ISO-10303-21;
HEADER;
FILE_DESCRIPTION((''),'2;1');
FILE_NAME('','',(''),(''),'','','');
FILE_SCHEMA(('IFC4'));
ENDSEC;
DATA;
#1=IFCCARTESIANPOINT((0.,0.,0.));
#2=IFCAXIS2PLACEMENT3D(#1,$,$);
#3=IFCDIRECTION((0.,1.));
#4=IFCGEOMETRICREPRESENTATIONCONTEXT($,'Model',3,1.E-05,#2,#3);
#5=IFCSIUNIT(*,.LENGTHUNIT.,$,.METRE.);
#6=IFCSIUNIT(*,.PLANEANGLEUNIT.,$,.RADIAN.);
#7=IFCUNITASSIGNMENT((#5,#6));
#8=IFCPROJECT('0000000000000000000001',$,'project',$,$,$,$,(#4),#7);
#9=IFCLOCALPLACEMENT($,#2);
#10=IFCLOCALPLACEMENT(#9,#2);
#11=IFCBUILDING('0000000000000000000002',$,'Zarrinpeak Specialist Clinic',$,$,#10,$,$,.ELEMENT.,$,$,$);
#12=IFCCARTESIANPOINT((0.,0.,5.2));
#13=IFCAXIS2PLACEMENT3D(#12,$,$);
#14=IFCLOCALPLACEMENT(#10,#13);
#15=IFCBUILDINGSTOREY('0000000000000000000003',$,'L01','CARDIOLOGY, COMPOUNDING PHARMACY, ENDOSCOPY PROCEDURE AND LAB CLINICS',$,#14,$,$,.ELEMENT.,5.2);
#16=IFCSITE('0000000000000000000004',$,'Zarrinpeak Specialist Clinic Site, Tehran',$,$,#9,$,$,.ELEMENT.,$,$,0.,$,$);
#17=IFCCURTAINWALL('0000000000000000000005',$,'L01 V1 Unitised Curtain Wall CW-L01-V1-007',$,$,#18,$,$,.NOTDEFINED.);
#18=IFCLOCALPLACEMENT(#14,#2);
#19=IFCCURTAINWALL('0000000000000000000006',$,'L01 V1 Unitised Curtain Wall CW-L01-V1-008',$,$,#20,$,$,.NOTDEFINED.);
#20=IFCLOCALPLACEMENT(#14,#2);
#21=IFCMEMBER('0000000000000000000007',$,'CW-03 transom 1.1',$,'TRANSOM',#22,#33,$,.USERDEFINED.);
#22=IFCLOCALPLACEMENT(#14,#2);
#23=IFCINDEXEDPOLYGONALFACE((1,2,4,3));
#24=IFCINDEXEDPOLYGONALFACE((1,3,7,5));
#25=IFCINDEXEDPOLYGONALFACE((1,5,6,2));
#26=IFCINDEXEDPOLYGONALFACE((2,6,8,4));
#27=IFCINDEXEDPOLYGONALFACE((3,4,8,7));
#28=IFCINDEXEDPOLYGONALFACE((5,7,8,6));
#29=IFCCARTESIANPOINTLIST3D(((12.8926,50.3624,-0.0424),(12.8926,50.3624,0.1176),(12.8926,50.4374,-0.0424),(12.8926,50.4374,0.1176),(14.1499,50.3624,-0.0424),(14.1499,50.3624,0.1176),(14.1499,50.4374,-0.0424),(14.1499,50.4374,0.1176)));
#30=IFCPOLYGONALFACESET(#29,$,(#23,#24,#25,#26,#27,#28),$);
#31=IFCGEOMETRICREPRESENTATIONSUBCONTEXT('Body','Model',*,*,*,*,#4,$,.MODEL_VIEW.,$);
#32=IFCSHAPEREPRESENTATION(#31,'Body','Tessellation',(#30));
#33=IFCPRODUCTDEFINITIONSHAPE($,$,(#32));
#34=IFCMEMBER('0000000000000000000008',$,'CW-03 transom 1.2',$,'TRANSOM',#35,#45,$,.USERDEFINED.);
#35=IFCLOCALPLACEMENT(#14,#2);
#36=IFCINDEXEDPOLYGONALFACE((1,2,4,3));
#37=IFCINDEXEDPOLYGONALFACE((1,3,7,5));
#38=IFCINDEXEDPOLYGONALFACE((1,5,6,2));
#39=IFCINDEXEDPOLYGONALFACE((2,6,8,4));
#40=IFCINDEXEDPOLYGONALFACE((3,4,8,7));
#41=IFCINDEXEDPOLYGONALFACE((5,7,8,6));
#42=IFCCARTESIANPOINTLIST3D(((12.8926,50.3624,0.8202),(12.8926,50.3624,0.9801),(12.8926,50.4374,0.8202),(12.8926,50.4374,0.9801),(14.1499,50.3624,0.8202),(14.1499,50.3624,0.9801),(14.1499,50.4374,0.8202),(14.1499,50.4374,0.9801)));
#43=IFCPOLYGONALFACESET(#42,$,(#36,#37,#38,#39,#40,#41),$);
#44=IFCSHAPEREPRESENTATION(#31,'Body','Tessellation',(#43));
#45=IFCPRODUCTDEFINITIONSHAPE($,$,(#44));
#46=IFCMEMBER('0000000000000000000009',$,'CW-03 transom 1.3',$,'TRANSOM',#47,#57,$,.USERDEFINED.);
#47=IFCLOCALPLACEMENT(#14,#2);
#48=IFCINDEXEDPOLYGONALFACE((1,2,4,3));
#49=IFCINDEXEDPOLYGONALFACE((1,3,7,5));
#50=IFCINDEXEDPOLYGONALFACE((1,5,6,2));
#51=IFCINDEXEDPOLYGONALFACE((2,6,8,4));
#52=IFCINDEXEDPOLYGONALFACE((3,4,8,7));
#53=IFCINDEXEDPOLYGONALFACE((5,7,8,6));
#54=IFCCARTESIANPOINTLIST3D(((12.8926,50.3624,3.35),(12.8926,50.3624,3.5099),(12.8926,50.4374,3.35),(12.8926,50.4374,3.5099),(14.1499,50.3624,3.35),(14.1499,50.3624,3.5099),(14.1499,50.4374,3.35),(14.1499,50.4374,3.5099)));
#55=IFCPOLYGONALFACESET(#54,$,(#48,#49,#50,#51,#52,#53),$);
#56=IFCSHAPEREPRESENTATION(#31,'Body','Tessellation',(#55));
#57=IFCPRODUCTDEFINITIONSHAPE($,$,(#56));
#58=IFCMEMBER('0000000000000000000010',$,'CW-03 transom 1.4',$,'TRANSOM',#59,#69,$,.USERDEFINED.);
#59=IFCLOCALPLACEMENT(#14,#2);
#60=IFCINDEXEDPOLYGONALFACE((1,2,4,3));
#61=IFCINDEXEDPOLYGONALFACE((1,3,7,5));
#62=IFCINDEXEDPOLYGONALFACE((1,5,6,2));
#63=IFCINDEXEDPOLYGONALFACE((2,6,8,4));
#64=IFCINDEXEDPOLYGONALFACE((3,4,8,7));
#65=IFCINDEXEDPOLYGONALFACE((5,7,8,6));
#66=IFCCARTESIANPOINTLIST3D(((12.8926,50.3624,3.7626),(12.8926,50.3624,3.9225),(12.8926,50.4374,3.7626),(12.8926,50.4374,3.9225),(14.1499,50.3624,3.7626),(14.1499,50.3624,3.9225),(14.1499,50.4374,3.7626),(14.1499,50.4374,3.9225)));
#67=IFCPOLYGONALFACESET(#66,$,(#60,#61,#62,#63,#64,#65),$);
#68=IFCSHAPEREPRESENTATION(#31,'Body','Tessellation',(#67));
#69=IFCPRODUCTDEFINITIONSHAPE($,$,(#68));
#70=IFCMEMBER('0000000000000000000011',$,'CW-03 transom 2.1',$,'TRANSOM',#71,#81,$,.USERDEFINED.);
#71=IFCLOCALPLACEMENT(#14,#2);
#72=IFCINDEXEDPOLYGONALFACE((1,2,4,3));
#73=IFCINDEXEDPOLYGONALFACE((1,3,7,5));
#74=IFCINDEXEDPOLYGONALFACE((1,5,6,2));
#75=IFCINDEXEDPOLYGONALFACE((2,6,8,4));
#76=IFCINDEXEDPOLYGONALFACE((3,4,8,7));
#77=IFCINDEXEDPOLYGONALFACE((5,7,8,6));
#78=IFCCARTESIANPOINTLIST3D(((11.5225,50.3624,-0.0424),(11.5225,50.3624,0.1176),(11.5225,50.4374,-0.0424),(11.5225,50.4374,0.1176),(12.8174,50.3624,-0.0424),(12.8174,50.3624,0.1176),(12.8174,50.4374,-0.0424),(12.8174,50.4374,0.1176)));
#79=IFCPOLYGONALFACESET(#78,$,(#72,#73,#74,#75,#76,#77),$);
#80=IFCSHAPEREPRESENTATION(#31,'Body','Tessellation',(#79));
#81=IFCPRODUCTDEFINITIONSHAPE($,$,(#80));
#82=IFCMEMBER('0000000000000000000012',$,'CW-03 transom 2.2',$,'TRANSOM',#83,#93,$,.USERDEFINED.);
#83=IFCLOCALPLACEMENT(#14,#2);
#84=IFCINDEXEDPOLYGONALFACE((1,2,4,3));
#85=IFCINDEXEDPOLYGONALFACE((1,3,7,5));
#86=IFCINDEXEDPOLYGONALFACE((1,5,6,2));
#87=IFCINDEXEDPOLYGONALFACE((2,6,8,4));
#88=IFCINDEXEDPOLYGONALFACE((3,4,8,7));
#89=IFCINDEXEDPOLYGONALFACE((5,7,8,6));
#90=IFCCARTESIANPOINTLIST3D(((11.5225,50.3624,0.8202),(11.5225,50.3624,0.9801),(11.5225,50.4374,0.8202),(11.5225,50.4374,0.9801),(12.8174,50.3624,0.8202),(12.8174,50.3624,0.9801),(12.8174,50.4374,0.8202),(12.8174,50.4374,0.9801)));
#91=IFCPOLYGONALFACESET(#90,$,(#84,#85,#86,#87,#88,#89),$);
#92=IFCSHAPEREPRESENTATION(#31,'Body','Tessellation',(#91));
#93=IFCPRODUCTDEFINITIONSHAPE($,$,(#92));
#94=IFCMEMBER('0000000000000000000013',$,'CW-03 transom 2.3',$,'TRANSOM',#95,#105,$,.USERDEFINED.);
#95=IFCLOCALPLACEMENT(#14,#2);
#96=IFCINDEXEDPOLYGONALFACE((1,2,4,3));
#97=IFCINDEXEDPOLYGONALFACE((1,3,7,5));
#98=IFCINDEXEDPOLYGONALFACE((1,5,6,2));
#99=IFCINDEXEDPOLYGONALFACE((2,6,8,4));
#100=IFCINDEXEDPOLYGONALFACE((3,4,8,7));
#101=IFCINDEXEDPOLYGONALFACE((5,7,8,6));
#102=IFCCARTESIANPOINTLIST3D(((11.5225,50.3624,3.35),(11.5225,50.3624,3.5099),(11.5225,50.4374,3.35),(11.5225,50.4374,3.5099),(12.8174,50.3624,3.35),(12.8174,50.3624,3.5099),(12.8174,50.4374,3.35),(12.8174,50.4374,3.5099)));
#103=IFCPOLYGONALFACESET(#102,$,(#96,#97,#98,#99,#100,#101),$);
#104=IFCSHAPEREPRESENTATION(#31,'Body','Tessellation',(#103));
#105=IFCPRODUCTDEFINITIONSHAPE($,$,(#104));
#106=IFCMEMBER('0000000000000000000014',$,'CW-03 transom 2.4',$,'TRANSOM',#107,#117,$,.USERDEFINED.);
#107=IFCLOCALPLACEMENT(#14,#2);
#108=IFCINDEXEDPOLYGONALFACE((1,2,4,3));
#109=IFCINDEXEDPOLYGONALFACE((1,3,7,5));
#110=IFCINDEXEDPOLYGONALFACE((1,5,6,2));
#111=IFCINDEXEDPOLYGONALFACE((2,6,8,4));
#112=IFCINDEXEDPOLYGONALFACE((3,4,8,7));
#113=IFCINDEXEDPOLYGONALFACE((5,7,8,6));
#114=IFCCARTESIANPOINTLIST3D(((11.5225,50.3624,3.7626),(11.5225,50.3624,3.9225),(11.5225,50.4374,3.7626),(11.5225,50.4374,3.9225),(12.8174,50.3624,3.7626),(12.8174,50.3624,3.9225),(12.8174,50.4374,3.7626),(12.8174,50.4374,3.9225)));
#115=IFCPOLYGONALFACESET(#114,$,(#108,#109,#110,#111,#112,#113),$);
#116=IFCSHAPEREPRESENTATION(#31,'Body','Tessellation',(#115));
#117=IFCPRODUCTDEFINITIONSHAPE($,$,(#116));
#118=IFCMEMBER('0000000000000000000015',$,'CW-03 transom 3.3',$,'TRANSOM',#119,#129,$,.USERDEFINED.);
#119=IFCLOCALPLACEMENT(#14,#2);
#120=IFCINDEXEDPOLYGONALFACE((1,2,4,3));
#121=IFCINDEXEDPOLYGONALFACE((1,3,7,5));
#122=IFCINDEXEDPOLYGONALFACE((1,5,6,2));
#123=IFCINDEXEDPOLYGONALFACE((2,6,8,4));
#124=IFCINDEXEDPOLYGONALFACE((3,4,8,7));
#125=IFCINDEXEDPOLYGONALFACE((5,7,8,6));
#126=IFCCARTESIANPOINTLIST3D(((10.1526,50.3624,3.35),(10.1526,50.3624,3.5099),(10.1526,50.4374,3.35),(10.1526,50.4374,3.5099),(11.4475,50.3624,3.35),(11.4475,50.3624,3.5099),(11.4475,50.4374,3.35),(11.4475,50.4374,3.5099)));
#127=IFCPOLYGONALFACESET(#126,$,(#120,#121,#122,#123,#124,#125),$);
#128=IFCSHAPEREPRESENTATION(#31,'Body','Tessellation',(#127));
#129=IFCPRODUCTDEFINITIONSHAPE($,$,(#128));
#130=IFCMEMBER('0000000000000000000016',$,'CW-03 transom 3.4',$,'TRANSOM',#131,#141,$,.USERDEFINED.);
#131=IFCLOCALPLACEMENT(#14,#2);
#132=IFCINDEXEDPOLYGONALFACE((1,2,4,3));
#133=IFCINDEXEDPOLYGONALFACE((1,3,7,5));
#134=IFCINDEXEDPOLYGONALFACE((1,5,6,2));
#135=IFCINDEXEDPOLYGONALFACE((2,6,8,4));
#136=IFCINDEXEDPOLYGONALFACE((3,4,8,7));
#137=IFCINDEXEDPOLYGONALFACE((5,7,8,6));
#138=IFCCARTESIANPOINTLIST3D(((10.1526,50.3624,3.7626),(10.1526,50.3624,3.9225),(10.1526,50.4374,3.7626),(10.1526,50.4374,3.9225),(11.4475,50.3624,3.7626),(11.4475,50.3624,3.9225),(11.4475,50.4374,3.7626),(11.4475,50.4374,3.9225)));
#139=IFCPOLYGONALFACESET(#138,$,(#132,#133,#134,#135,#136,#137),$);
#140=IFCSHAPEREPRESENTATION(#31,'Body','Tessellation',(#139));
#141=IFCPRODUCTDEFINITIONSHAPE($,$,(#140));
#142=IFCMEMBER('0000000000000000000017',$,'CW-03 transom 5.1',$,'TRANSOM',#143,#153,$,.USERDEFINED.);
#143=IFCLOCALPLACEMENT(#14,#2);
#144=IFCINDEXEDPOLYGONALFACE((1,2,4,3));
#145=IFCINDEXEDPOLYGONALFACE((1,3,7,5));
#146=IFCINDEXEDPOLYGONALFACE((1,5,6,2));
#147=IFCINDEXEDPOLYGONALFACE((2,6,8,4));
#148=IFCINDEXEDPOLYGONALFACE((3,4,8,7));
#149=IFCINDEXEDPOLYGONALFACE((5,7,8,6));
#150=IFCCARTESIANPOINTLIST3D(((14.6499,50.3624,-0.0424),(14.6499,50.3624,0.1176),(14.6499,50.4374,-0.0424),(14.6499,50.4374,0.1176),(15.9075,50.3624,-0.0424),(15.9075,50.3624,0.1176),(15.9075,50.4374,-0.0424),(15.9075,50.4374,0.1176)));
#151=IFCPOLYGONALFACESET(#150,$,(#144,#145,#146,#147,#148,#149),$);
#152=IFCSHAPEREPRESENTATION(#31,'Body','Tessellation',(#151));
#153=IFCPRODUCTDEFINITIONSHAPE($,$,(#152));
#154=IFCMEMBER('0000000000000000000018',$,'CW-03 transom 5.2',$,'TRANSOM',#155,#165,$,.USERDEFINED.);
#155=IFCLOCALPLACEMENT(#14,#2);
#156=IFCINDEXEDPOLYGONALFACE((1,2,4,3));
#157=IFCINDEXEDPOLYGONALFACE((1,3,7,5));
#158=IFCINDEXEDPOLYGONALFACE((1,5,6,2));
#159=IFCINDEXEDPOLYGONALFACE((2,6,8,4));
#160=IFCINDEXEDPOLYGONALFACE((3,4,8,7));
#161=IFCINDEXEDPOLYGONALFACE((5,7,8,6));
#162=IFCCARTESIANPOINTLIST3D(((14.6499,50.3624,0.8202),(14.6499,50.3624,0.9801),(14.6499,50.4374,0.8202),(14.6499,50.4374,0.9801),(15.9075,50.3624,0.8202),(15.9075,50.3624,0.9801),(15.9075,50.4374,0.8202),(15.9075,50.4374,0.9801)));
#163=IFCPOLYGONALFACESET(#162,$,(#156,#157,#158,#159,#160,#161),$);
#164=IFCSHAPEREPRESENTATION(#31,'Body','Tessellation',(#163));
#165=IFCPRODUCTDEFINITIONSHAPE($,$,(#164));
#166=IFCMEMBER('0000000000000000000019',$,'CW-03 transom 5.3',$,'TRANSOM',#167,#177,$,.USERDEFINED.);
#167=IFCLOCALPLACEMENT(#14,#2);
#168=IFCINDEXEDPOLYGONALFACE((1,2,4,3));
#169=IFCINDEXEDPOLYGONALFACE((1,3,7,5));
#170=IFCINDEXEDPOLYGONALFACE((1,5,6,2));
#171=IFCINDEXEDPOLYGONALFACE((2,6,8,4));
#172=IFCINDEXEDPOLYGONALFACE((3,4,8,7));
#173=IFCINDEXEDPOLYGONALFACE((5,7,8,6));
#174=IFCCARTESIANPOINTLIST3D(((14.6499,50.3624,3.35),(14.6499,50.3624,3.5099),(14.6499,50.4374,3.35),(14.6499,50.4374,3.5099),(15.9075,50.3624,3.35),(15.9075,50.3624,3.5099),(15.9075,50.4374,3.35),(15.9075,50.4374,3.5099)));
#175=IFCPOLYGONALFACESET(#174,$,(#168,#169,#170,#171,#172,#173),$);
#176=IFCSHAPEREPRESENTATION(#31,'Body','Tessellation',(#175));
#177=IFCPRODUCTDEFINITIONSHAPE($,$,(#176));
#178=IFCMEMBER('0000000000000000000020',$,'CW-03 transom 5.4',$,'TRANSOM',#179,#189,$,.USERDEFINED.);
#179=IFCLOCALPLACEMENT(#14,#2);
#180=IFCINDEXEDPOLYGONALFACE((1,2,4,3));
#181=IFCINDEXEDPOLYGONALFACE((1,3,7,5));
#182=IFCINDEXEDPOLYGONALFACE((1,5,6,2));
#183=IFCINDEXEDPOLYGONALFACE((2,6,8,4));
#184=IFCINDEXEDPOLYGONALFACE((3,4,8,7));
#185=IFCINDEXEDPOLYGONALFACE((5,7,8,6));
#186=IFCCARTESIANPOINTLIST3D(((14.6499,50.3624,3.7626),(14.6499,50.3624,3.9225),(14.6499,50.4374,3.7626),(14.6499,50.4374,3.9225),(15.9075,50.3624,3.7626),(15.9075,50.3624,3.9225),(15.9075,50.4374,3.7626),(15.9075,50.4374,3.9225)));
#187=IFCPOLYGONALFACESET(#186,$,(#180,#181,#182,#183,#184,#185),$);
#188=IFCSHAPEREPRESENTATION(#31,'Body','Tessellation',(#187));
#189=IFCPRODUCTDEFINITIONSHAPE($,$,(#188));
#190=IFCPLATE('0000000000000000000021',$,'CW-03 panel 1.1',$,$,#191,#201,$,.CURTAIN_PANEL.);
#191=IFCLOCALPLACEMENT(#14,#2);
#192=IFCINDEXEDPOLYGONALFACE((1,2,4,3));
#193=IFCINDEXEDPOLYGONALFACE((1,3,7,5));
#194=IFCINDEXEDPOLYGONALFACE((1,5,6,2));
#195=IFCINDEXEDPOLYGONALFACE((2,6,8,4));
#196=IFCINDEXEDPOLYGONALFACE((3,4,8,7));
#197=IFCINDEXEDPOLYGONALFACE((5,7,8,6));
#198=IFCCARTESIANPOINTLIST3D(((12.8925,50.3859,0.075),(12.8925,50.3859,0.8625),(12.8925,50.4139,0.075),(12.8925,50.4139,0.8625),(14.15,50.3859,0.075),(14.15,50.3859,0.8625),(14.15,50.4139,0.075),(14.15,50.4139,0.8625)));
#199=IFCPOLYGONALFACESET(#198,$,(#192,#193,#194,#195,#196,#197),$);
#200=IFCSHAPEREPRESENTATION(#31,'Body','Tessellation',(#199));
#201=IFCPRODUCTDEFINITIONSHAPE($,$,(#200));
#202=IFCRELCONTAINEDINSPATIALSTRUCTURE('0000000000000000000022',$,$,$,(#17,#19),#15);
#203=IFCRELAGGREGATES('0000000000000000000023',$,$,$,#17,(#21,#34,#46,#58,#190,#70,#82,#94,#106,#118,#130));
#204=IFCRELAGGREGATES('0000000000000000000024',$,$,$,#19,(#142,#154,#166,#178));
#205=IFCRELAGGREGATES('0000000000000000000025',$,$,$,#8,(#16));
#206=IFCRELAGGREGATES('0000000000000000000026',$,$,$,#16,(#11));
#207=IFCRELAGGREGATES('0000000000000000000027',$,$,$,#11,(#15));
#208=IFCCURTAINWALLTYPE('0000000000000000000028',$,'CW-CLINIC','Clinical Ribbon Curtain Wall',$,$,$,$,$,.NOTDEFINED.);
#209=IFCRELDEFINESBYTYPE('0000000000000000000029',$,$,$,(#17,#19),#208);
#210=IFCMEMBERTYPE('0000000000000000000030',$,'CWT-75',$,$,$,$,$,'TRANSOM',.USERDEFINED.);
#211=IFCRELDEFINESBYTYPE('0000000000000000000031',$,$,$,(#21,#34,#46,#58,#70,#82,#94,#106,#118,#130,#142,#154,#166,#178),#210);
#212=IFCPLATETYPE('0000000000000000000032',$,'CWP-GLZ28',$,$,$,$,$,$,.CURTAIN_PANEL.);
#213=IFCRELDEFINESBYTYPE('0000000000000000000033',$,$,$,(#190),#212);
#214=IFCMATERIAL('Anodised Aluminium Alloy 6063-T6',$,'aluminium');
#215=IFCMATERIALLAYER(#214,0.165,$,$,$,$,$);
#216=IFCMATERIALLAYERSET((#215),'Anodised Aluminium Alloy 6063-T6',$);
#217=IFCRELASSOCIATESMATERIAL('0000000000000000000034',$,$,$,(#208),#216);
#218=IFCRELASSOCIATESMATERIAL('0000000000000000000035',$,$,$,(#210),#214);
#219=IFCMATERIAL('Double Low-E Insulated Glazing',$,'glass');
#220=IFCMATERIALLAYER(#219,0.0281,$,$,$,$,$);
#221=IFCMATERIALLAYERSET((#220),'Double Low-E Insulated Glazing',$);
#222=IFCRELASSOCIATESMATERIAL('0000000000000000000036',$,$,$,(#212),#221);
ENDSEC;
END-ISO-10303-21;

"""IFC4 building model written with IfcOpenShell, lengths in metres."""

from ifc_helpers import new_model, si_unit, direction, frame, origin, origin_2d, place, context, subcontext, project, spatial, rectangle, extrude, material, layer, layer_set, material_profile, profile_set, type_object, element, aggregate, save


model = new_model("IFC4")

# Units and contexts
model_context = context("Model", 3, precision=1e-05, world=origin(), true_north=direction((0.0, 1.0)))
body_context = subcontext(model_context, "Body", "Model", "MODEL_VIEW")
ifc_project = project(units=[si_unit("LENGTHUNIT", "METRE"), si_unit("PLANEANGLEUNIT", "RADIAN")], contexts=[model_context])

# Site, building, storey
site_placement = place(None, origin())
site = spatial("IfcSite", under=ifc_project, at=site_placement, Name="Zarrinpeak Specialist Clinic Site, Tehran", CompositionType="ELEMENT", RefElevation=0.0)
building_placement = place(site_placement, origin())
building = spatial("IfcBuilding", under=site, at=building_placement, Name="Zarrinpeak Specialist Clinic", CompositionType="ELEMENT")
storey_placement = place(building_placement, frame((0.0, 0.0, 5.2)))
storey = spatial("IfcBuildingStorey", under=building, at=storey_placement, Name="L01", Description="CARDIOLOGY, COMPOUNDING PHARMACY, ENDOSCOPY PROCEDURE AND LAB CLINICS", CompositionType="ELEMENT", Elevation=5.2)

# Curtain wall
ifc_material_1 = material(Name="Anodised Aluminium Alloy 6063-T6", Category="aluminium")
ifc_layer_1 = layer(ifc_material_1, 0.165)
ifc_layer_set_1 = layer_set([ifc_layer_1], Name="Anodised Aluminium Alloy 6063-T6")
curtain_wall_type = type_object("IfcCurtainWallType", Name="CW-CLINIC", Description="Clinical Ribbon Curtain Wall", PredefinedType="NOTDEFINED", material=ifc_layer_set_1)
curtain_wall_1_placement = place(storey_placement, origin())
curtain_wall_1 = element("IfcCurtainWall", 1, at=curtain_wall_1_placement, inside=storey, type_object=curtain_wall_type, Name="L01 V1 Unitised Curtain Wall CW-L01-V1-007", PredefinedType="NOTDEFINED")

# Curtain wall
curtain_wall_2_placement = place(storey_placement, origin())
curtain_wall_2 = element("IfcCurtainWall", 2, at=curtain_wall_2_placement, inside=storey, type_object=curtain_wall_type, Name="L01 V1 Unitised Curtain Wall CW-L01-V1-008", PredefinedType="NOTDEFINED")

# Members
ifc_material_profile_1 = material_profile(ifc_material_1, rectangle(XDim=0.075, YDim=0.1599, at=origin_2d()), Name="ALU 75x160")
ifc_profile_set_1 = profile_set([ifc_material_profile_1], Name="Anodised Aluminium Alloy 6063-T6")
member_type_1 = type_object("IfcMemberType", Name="CWT-75", ElementType="TRANSOM", PredefinedType="USERDEFINED", material=ifc_profile_set_1)
member_1_placement = place(storey_placement, frame((14.1499, 50.3999, 0.0376), z_axis=(-1.0, 0.0, 0.0), x_axis=(0.0, -1.0, 0.0)))
member_1 = element("IfcMember", 3, at=member_1_placement, type_object=member_type_1, Name="CW-03 transom 1.1", ObjectType="TRANSOM", PredefinedType="USERDEFINED", context=body_context, shape_type="SweptSolid", body=[
    extrude(rectangle(XDim=0.075, YDim=0.1599, at=origin_2d()), origin(), (0.0, 0.0, 1.0), 1.2573),
])
member_2_placement = place(storey_placement, frame((14.1499, 50.3999, 0.9001), z_axis=(-1.0, 0.0, 0.0), x_axis=(0.0, -1.0, 0.0)))
member_2 = element("IfcMember", 4, at=member_2_placement, type_object=member_type_1, Name="CW-03 transom 1.2", ObjectType="TRANSOM", PredefinedType="USERDEFINED", context=body_context, shape_type="SweptSolid", body=[
    extrude(rectangle(XDim=0.075, YDim=0.1599, at=origin_2d()), origin(), (0.0, 0.0, 1.0), 1.2573),
])
member_3_placement = place(storey_placement, frame((14.1499, 50.3999, 3.4299), z_axis=(-1.0, 0.0, 0.0), x_axis=(0.0, -1.0, 0.0)))
member_3 = element("IfcMember", 5, at=member_3_placement, type_object=member_type_1, Name="CW-03 transom 1.3", ObjectType="TRANSOM", PredefinedType="USERDEFINED", context=body_context, shape_type="SweptSolid", body=[
    extrude(rectangle(XDim=0.075, YDim=0.1599, at=origin_2d()), origin(), (0.0, 0.0, 1.0), 1.2573),
])
member_4_placement = place(storey_placement, frame((14.1499, 50.3999, 3.8425), z_axis=(-1.0, 0.0, 0.0), x_axis=(0.0, -1.0, 0.0)))
member_4 = element("IfcMember", 6, at=member_4_placement, type_object=member_type_1, Name="CW-03 transom 1.4", ObjectType="TRANSOM", PredefinedType="USERDEFINED", context=body_context, shape_type="SweptSolid", body=[
    extrude(rectangle(XDim=0.075, YDim=0.1599, at=origin_2d()), origin(), (0.0, 0.0, 1.0), 1.2573),
])
member_5_placement = place(storey_placement, frame((12.8174, 50.3999, 0.0376), z_axis=(-1.0, 0.0, 0.0), x_axis=(0.0, -1.0, 0.0)))
member_5 = element("IfcMember", 7, at=member_5_placement, type_object=member_type_1, Name="CW-03 transom 2.1", ObjectType="TRANSOM", PredefinedType="USERDEFINED", context=body_context, shape_type="SweptSolid", body=[
    extrude(rectangle(XDim=0.075, YDim=0.1599, at=origin_2d()), origin(), (0.0, 0.0, 1.0), 1.2949),
])
member_6_placement = place(storey_placement, frame((12.8174, 50.3999, 0.9001), z_axis=(-1.0, 0.0, 0.0), x_axis=(0.0, -1.0, 0.0)))
member_6 = element("IfcMember", 8, at=member_6_placement, type_object=member_type_1, Name="CW-03 transom 2.2", ObjectType="TRANSOM", PredefinedType="USERDEFINED", context=body_context, shape_type="SweptSolid", body=[
    extrude(rectangle(XDim=0.075, YDim=0.1599, at=origin_2d()), origin(), (0.0, 0.0, 1.0), 1.2949),
])
member_7_placement = place(storey_placement, frame((12.8174, 50.3999, 3.4299), z_axis=(-1.0, 0.0, 0.0), x_axis=(0.0, -1.0, 0.0)))
member_7 = element("IfcMember", 9, at=member_7_placement, type_object=member_type_1, Name="CW-03 transom 2.3", ObjectType="TRANSOM", PredefinedType="USERDEFINED", context=body_context, shape_type="SweptSolid", body=[
    extrude(rectangle(XDim=0.075, YDim=0.1599, at=origin_2d()), origin(), (0.0, 0.0, 1.0), 1.2949),
])
member_8_placement = place(storey_placement, frame((12.8174, 50.3999, 3.8425), z_axis=(-1.0, 0.0, 0.0), x_axis=(0.0, -1.0, 0.0)))
member_8 = element("IfcMember", 10, at=member_8_placement, type_object=member_type_1, Name="CW-03 transom 2.4", ObjectType="TRANSOM", PredefinedType="USERDEFINED", context=body_context, shape_type="SweptSolid", body=[
    extrude(rectangle(XDim=0.075, YDim=0.1599, at=origin_2d()), origin(), (0.0, 0.0, 1.0), 1.2949),
])
member_9_placement = place(storey_placement, frame((11.4475, 50.3999, 3.4299), z_axis=(-1.0, 0.0, 0.0), x_axis=(0.0, -1.0, 0.0)))
member_9 = element("IfcMember", 11, at=member_9_placement, type_object=member_type_1, Name="CW-03 transom 3.3", ObjectType="TRANSOM", PredefinedType="USERDEFINED", context=body_context, shape_type="SweptSolid", body=[
    extrude(rectangle(XDim=0.075, YDim=0.1599, at=origin_2d()), origin(), (0.0, 0.0, 1.0), 1.2949),
])
member_10_placement = place(storey_placement, frame((11.4475, 50.3999, 3.8425), z_axis=(-1.0, 0.0, 0.0), x_axis=(0.0, -1.0, 0.0)))
member_10 = element("IfcMember", 12, at=member_10_placement, type_object=member_type_1, Name="CW-03 transom 3.4", ObjectType="TRANSOM", PredefinedType="USERDEFINED", context=body_context, shape_type="SweptSolid", body=[
    extrude(rectangle(XDim=0.075, YDim=0.1599, at=origin_2d()), origin(), (0.0, 0.0, 1.0), 1.2949),
])
member_11_placement = place(storey_placement, frame((15.9075, 50.3999, 0.0376), z_axis=(-1.0, 0.0, 0.0), x_axis=(0.0, -1.0, 0.0)))
member_11 = element("IfcMember", 13, at=member_11_placement, type_object=member_type_1, Name="CW-03 transom 5.1", ObjectType="TRANSOM", PredefinedType="USERDEFINED", context=body_context, shape_type="SweptSolid", body=[
    extrude(rectangle(XDim=0.075, YDim=0.1599, at=origin_2d()), origin(), (0.0, 0.0, 1.0), 1.2576),
])
member_12_placement = place(storey_placement, frame((15.9075, 50.3999, 0.9001), z_axis=(-1.0, 0.0, 0.0), x_axis=(0.0, -1.0, 0.0)))
member_12 = element("IfcMember", 14, at=member_12_placement, type_object=member_type_1, Name="CW-03 transom 5.2", ObjectType="TRANSOM", PredefinedType="USERDEFINED", context=body_context, shape_type="SweptSolid", body=[
    extrude(rectangle(XDim=0.075, YDim=0.1599, at=origin_2d()), origin(), (0.0, 0.0, 1.0), 1.2576),
])
member_13_placement = place(storey_placement, frame((15.9075, 50.3999, 3.4299), z_axis=(-1.0, 0.0, 0.0), x_axis=(0.0, -1.0, 0.0)))
member_13 = element("IfcMember", 15, at=member_13_placement, type_object=member_type_1, Name="CW-03 transom 5.3", ObjectType="TRANSOM", PredefinedType="USERDEFINED", context=body_context, shape_type="SweptSolid", body=[
    extrude(rectangle(XDim=0.075, YDim=0.1599, at=origin_2d()), origin(), (0.0, 0.0, 1.0), 1.2576),
])
member_14_placement = place(storey_placement, frame((15.9075, 50.3999, 3.8425), z_axis=(-1.0, 0.0, 0.0), x_axis=(0.0, -1.0, 0.0)))
member_14 = element("IfcMember", 16, at=member_14_placement, type_object=member_type_1, Name="CW-03 transom 5.4", ObjectType="TRANSOM", PredefinedType="USERDEFINED", context=body_context, shape_type="SweptSolid", body=[
    extrude(rectangle(XDim=0.075, YDim=0.1599, at=origin_2d()), origin(), (0.0, 0.0, 1.0), 1.2576),
])

# Plate
ifc_material_2 = material(Name="Double Low-E Insulated Glazing", Category="glass")
ifc_layer_2 = layer(ifc_material_2, 0.0281)
ifc_layer_set_2 = layer_set([ifc_layer_2], Name="Double Low-E Insulated Glazing")
plate_type = type_object("IfcPlateType", Name="CWP-GLZ28", PredefinedType="CURTAIN_PANEL", material=ifc_layer_set_2)
plate_1_placement = place(storey_placement, frame((13.5212, 50.3999, 0.075), z_axis=(0.0, 0.0, 1.0), x_axis=(-1.0, 0.0, 0.0)))
plate_1 = element("IfcPlate", 17, at=plate_1_placement, type_object=plate_type, Name="CW-03 panel 1.1", PredefinedType="CURTAIN_PANEL", context=body_context, shape_type="SweptSolid", body=[
    extrude(rectangle(XDim=1.2576, YDim=0.0281, at=origin_2d()), origin(), (0.0, 0.0, 1.0), 0.7876),
])
aggregate(curtain_wall_1, [member_1, member_2, member_3, member_4, plate_1, member_5, member_6, member_7, member_8, member_9, member_10])
aggregate(curtain_wall_2, [member_11, member_12, member_13, member_14])

save(model, "model.ifc")
